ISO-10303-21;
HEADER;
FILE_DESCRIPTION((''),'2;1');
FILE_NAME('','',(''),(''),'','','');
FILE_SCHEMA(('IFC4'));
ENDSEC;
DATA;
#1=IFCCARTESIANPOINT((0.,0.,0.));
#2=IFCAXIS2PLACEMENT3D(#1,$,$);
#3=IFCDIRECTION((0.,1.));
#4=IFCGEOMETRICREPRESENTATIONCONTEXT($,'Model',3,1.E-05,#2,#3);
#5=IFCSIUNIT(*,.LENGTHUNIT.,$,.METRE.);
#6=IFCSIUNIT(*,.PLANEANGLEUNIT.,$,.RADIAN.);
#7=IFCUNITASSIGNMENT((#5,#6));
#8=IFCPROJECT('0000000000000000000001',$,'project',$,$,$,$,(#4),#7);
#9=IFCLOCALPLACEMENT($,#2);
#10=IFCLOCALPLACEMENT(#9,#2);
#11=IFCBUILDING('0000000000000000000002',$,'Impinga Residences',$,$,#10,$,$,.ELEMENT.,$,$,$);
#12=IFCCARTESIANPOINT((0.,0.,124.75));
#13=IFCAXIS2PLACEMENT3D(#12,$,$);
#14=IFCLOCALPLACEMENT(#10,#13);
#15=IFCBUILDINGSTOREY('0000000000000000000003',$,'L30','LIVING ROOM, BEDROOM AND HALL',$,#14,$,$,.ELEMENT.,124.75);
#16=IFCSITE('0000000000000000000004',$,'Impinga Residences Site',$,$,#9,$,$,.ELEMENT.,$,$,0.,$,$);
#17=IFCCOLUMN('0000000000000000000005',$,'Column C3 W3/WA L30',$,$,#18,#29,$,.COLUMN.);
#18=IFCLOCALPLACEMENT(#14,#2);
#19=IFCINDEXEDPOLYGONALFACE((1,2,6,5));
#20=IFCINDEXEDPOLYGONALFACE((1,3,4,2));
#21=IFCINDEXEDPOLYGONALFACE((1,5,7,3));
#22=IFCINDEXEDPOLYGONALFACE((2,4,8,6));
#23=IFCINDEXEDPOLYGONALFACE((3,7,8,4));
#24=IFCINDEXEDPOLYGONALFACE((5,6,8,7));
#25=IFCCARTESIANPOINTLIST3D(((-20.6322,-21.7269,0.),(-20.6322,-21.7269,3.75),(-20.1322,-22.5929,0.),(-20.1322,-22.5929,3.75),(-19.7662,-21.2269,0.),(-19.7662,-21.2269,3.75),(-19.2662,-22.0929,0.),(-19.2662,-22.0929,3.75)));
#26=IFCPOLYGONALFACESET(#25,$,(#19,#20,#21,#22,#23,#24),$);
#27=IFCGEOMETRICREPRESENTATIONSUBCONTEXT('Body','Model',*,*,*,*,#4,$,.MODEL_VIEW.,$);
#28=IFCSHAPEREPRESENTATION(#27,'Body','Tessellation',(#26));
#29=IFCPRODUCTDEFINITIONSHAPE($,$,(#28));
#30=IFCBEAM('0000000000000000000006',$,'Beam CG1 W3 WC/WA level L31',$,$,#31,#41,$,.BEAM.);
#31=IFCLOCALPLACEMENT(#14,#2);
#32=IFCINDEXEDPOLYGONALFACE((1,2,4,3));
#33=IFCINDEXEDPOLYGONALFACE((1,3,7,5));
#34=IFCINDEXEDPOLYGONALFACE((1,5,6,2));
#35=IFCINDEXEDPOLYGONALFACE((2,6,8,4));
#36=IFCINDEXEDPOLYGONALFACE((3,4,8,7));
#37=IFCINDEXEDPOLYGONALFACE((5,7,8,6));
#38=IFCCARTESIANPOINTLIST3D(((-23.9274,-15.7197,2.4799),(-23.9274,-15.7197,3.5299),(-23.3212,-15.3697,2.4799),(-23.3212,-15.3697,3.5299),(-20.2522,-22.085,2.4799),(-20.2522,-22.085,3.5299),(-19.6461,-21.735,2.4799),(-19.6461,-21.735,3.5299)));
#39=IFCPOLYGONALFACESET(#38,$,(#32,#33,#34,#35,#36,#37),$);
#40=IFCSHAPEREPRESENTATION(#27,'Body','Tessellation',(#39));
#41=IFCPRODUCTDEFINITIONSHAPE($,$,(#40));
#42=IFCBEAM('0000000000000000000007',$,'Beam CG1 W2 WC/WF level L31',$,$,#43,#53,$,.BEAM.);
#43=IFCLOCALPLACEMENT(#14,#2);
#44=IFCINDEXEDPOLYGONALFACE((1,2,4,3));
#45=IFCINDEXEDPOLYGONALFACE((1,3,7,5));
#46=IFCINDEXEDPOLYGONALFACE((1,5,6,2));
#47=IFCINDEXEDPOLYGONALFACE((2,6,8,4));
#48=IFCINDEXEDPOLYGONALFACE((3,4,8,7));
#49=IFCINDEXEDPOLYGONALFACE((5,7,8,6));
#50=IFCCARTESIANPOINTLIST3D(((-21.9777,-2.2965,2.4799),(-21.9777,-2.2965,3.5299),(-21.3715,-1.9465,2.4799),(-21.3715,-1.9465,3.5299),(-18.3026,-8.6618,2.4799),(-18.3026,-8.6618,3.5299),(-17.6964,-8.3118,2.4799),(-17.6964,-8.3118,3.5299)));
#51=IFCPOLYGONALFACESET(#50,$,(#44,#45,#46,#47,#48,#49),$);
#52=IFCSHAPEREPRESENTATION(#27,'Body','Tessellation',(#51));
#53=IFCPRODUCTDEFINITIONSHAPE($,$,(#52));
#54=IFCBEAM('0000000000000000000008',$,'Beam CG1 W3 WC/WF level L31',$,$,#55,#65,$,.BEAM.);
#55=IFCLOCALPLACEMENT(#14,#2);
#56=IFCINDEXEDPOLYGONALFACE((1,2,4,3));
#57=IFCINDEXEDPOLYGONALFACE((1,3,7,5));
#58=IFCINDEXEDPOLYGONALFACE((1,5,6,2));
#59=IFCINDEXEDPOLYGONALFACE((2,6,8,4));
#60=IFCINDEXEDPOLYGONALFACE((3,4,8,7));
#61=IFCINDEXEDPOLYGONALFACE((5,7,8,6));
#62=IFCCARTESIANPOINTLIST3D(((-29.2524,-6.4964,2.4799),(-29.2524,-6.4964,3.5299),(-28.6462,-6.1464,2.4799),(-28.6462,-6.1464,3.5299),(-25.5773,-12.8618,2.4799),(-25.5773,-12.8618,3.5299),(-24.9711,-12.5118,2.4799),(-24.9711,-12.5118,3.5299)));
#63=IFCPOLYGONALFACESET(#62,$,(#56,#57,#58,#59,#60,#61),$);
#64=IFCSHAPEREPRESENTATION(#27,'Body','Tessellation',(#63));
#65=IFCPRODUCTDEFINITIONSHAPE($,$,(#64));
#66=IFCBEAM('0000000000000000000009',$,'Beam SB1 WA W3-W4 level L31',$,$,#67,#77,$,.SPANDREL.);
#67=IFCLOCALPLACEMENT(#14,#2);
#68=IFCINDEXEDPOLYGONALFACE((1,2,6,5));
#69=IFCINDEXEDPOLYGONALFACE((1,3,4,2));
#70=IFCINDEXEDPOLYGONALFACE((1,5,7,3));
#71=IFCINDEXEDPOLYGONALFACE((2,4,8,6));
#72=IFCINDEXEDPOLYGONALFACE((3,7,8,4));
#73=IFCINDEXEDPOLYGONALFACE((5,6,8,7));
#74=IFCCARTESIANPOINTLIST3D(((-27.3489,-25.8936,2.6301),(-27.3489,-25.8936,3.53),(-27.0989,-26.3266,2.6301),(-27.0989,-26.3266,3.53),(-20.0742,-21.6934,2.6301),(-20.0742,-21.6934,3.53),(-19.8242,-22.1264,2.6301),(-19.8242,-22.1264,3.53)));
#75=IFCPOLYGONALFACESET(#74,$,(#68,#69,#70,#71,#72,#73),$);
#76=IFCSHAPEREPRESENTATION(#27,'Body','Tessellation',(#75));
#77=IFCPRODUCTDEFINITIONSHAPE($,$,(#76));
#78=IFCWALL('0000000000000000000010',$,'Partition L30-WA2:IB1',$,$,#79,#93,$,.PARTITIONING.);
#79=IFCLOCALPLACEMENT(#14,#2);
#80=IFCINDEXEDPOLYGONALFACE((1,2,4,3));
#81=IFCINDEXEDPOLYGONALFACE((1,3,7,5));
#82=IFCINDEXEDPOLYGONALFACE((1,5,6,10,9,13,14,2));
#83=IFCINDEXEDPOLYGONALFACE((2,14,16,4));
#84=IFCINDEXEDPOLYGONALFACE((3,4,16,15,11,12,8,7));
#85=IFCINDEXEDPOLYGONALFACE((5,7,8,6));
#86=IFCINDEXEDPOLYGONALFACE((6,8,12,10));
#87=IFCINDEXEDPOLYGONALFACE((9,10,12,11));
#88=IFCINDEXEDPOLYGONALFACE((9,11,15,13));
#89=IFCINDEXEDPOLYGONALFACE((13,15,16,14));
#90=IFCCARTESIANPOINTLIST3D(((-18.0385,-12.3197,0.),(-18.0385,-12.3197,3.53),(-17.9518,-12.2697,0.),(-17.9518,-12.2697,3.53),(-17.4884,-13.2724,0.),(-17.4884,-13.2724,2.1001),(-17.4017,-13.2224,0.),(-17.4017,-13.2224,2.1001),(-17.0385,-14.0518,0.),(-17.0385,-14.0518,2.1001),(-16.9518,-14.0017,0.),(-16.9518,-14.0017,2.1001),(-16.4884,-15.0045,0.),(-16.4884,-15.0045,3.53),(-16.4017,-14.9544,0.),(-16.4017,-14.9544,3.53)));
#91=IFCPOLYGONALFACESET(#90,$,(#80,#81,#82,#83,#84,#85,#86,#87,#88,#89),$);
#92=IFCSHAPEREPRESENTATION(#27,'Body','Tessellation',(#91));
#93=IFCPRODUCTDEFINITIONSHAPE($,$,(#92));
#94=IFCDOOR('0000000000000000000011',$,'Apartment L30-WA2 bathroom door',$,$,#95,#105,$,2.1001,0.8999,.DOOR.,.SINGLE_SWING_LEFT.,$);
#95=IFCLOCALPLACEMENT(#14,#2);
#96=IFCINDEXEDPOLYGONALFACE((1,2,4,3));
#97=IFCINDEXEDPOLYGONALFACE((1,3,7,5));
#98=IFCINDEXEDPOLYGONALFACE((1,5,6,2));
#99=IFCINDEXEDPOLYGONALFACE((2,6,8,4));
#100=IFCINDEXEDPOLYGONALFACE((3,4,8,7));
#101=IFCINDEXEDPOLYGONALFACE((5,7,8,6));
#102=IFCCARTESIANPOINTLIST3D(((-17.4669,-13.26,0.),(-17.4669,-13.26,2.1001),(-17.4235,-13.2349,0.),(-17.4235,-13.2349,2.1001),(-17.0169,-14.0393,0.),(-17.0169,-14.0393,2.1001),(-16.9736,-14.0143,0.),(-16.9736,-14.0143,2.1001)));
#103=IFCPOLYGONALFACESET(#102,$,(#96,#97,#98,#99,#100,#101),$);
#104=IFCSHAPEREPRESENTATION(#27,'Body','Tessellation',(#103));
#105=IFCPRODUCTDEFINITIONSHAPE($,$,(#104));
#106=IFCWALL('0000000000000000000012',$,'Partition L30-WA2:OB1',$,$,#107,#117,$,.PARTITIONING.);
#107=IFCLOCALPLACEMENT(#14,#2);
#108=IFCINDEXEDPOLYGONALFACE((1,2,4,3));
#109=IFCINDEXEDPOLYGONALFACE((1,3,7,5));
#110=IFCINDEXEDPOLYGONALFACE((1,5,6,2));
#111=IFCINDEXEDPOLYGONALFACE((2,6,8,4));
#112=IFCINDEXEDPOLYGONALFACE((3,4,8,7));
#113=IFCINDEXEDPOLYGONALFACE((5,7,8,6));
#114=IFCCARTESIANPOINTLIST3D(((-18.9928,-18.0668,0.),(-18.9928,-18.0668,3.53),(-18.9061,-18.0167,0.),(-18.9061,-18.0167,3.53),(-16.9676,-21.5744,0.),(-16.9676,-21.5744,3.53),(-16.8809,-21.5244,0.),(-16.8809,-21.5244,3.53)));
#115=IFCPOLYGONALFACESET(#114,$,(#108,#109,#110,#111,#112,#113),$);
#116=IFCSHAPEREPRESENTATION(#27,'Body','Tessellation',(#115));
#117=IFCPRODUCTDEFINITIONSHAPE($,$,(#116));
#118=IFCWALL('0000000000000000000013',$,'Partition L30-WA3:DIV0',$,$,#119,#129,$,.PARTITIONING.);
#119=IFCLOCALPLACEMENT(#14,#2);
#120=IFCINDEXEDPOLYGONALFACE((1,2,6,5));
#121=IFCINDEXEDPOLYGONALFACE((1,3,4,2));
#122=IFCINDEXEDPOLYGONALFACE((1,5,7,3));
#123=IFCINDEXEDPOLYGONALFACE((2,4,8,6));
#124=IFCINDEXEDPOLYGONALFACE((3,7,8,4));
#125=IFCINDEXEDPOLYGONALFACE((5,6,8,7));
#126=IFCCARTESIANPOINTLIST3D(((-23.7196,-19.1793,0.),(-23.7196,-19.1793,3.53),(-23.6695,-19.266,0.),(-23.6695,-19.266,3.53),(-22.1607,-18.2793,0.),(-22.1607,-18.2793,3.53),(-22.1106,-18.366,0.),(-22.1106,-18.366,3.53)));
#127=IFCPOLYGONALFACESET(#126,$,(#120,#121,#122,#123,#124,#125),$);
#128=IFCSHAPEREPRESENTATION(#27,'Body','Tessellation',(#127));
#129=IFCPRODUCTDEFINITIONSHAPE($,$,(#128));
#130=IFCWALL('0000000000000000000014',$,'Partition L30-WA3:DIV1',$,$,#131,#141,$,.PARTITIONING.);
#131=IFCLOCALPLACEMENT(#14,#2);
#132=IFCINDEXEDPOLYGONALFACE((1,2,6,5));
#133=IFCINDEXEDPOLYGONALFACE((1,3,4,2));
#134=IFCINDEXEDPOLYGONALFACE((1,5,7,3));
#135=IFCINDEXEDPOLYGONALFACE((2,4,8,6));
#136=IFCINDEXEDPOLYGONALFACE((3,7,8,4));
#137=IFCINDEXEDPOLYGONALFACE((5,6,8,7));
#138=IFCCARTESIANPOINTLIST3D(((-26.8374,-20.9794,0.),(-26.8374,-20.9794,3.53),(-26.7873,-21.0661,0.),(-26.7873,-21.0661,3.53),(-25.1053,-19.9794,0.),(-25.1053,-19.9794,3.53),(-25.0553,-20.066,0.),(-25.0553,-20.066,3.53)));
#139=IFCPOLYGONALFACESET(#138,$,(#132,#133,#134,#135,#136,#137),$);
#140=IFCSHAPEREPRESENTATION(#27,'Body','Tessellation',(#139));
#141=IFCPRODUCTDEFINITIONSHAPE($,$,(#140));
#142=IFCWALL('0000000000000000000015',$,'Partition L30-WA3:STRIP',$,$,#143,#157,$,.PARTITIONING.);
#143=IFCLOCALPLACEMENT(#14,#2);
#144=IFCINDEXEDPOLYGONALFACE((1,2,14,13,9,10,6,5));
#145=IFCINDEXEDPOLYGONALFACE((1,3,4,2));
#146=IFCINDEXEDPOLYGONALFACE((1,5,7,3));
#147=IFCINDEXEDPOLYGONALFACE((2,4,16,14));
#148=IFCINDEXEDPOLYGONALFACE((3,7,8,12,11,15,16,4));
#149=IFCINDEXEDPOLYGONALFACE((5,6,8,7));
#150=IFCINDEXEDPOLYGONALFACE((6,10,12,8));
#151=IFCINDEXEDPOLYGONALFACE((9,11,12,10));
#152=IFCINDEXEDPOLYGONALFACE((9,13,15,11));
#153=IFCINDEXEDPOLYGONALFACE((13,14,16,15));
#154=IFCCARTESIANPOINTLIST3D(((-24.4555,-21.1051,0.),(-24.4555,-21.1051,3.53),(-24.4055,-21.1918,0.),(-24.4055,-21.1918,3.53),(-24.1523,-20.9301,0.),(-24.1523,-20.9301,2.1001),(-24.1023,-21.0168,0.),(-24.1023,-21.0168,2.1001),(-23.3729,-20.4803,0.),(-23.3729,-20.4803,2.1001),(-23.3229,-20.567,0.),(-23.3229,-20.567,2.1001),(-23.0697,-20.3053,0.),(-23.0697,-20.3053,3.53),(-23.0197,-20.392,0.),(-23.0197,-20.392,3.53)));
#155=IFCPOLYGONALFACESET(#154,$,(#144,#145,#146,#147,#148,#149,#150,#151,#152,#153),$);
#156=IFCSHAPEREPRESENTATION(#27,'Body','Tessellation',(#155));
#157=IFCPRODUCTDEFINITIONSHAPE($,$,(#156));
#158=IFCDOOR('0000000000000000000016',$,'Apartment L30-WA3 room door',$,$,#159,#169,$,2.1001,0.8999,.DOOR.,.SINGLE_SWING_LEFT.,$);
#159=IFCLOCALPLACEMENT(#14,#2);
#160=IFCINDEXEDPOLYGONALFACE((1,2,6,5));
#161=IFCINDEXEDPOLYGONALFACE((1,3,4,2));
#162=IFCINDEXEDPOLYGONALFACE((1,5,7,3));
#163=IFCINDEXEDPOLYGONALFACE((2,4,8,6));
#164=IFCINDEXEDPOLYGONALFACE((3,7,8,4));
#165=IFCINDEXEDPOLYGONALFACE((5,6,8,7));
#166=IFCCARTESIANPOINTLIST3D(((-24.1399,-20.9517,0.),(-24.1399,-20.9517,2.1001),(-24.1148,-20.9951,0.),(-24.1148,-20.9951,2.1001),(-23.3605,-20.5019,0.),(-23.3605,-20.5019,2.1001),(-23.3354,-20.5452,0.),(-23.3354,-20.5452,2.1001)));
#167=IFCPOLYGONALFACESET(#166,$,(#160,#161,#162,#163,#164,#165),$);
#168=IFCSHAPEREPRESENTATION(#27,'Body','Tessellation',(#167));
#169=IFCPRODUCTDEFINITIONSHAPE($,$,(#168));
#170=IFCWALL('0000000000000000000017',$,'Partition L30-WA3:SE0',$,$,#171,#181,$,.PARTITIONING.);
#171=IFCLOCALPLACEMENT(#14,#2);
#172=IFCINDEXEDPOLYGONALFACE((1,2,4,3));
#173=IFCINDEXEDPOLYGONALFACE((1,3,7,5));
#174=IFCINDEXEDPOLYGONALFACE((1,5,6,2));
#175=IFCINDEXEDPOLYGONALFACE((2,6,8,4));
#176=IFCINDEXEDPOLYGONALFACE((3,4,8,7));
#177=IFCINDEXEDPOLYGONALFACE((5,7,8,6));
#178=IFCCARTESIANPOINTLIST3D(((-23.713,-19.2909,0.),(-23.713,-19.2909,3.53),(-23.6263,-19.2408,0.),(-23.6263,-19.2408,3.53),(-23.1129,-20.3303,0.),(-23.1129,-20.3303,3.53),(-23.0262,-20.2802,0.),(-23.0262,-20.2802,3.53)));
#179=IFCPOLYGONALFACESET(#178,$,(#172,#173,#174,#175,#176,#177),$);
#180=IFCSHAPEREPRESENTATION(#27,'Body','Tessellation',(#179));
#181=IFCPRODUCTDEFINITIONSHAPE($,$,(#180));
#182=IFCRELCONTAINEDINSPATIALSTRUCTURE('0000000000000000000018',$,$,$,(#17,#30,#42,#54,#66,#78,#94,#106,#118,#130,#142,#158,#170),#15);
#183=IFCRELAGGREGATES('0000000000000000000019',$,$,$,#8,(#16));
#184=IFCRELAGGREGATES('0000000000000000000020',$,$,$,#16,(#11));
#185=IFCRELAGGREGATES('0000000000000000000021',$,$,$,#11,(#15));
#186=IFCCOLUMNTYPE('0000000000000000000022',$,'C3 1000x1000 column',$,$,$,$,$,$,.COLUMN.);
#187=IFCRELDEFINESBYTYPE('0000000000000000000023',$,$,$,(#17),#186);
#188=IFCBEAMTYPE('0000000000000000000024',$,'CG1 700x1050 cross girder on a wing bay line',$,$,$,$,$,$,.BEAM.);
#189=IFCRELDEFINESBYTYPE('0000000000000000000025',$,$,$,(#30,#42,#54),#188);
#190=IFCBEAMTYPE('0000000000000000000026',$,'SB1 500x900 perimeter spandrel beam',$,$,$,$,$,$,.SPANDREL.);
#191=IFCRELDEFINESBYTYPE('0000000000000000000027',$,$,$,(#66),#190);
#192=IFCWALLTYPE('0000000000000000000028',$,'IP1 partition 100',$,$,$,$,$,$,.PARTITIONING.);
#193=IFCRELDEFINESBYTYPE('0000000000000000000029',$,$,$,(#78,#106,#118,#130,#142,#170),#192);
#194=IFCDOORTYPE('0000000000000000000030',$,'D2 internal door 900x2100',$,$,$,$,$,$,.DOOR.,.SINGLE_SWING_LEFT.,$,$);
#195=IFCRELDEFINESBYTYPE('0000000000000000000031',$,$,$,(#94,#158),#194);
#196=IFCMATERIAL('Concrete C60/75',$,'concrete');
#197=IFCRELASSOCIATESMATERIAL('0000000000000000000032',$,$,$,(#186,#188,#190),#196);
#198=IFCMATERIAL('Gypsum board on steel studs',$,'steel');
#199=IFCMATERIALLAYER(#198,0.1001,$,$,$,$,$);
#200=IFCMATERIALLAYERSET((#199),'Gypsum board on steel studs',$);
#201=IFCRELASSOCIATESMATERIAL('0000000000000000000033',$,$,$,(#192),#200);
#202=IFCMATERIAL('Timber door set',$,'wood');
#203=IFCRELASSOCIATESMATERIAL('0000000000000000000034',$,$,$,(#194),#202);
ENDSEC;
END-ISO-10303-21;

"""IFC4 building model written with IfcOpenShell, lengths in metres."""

from ifc_helpers import new_model, si_unit, direction, frame, frame_2d, origin, origin_2d, place, context, subcontext, project, spatial, rectangle, extrude, material, layer, layer_set, material_profile, profile_set, type_object, element, fill, save


model = new_model("IFC4")

# Units and contexts
model_context = context("Model", 3, precision=1e-05, world=origin(), true_north=direction((0.0, 1.0)))
body_context = subcontext(model_context, "Body", "Model", "MODEL_VIEW")
ifc_project = project(units=[si_unit("LENGTHUNIT", "METRE"), si_unit("PLANEANGLEUNIT", "RADIAN")], contexts=[model_context])

# Site, building, storey
site_placement = place(None, origin())
site = spatial("IfcSite", under=ifc_project, at=site_placement, Name="Impinga Residences Site", CompositionType="ELEMENT", RefElevation=0.0)
building_placement = place(site_placement, origin())
building = spatial("IfcBuilding", under=site, at=building_placement, Name="Impinga Residences", CompositionType="ELEMENT")
storey_placement = place(building_placement, frame((0.0, 0.0, 124.75)))
storey = spatial("IfcBuildingStorey", under=building, at=storey_placement, Name="L30", Description="LIVING ROOM, BEDROOM AND HALL", CompositionType="ELEMENT", Elevation=124.75)

# Column
ifc_material_1 = material(Name="Concrete C60/75", Category="concrete")
ifc_material_profile_1 = material_profile(ifc_material_1, rectangle(XDim=1.0, YDim=1.0, at=origin_2d()), Name="RC 1000x1000")
ifc_profile_set_1 = profile_set([ifc_material_profile_1], Name="Concrete C60/75")
column_type = type_object("IfcColumnType", Name="C3 1000x1000 column", PredefinedType="COLUMN", material=ifc_profile_set_1)
column_placement = place(storey_placement, frame((-19.9492, -21.9099, 0.0), z_axis=(0.0, 0.0, 1.0), x_axis=(-0.5, 0.866025, 0.0)))
element("IfcColumn", 1, at=column_placement, inside=storey, type_object=column_type, Name="Column C3 W3/WA L30", PredefinedType="COLUMN", context=body_context, shape_type="SweptSolid", body=[
    extrude(rectangle(XDim=1.0, YDim=1.0, at=origin_2d()), origin(), (0.0, 0.0, 1.0), 3.75),
])

# Beams
ifc_material_profile_2 = material_profile(ifc_material_1, rectangle(XDim=0.7, YDim=1.05, at=origin_2d()), Name="RC 700x1050")
ifc_profile_set_2 = profile_set([ifc_material_profile_2], Name="Concrete C60/75")
beam_type_1 = type_object("IfcBeamType", Name="CG1 700x1050 cross girder on a wing bay line", PredefinedType="BEAM", material=ifc_profile_set_2)
for number, where, z_axis, x_axis, name in (
    (2, (-23.6243, -15.5447, 3.0049), (0.500008, -0.866021, 0.0), (0.866021, 0.500008, 0.0), "Beam CG1 W3 WC/WA level L31"),
    (3, (-17.9995, -8.4868, 3.0049), (-0.500008, 0.866021, 0.0), (-0.866021, -0.500008, 0.0), "Beam CG1 W2 WC/WF level L31"),
    (4, (-25.2742, -12.6868, 3.0049), (-0.500008, 0.866021, 0.0), (-0.866021, -0.500008, 0.0), "Beam CG1 W3 WC/WF level L31"),
):
    element("IfcBeam", number, at=place(storey_placement, frame(where, z_axis=z_axis, x_axis=x_axis)), inside=storey, type_object=beam_type_1, Name=name, PredefinedType="BEAM", context=body_context, shape_type="SweptSolid", body=[
        extrude(rectangle(XDim=0.7, YDim=1.05, at=origin_2d()), origin(), (0.0, 0.0, 1.0), 7.3501),
    ])
ifc_material_profile_3 = material_profile(ifc_material_1, rectangle(XDim=0.5, YDim=0.8999, at=origin_2d()), Name="RC 500x900")
ifc_profile_set_3 = profile_set([ifc_material_profile_3], Name="Concrete C60/75")
beam_type_2 = type_object("IfcBeamType", Name="SB1 500x900 perimeter spandrel beam", PredefinedType="SPANDREL", material=ifc_profile_set_3)
beam_placement = place(storey_placement, frame((-19.9492, -21.9099, 3.0801), z_axis=(-0.866017, -0.500015, 0.0), x_axis=(0.500015, -0.866017, 0.0)))
element("IfcBeam", 5, at=beam_placement, inside=storey, type_object=beam_type_2, Name="Beam SB1 WA W3-W4 level L31", PredefinedType="SPANDREL", context=body_context, shape_type="SweptSolid", body=[
    extrude(rectangle(XDim=0.5, YDim=0.8999, at=origin_2d()), origin(), (0.0, 0.0, 1.0), 8.4001),
])

# Wall, opening, door
ifc_material_2 = material(Name="Gypsum board on steel studs", Category="steel")
ifc_layer_1 = layer(ifc_material_2, 0.1001)
ifc_layer_set_1 = layer_set([ifc_layer_1], Name="Gypsum board on steel studs")
wall_type_1 = type_object("IfcWallType", Name="IP1 partition 100", PredefinedType="PARTITIONING", material=ifc_layer_set_1)
wall_1_placement = place(storey_placement, frame((-17.9951, -12.2947, 0.0), z_axis=(0.0, 0.0, 1.0), x_axis=(0.499993, -0.86603, 0.0)))
wall_1 = element("IfcWall", 6, at=wall_1_placement, inside=storey, type_object=wall_type_1, Name="Partition L30-WA2:IB1", PredefinedType="PARTITIONING", context=body_context, shape_type="SweptSolid", body=[
    extrude(rectangle(XDim=3.1001, YDim=0.1001, at=frame_2d((1.55, 0.0))), origin(), (0.0, 0.0, 1.0), 3.53),
])
opening_1_placement = place(wall_1_placement, frame((1.1001, 0.0, 0.0)))
opening_1 = element("IfcOpeningElement", 7, at=opening_1_placement, cuts=wall_1, PredefinedType="OPENING", context=body_context, shape_type="SweptSolid", body=[
    extrude(rectangle(XDim=0.8999, YDim=2.1001, at=frame_2d((0.45, 1.05))), frame((0.0, 0.0601, 0.0), z_axis=(0.0, -1.0, 0.0), x_axis=(1.0, 0.0, 0.0)), (0.0, 0.0, 1.0), 0.1201),
])
ifc_material_3 = material(Name="Timber door set", Category="wood")
door_type = type_object("IfcDoorType", Name="D2 internal door 900x2100", OperationType="SINGLE_SWING_LEFT", PredefinedType="DOOR", material=ifc_material_3)
door_1_placement = place(opening_1_placement, origin())
door_1 = element("IfcDoor", 8, at=door_1_placement, inside=storey, type_object=door_type, Name="Apartment L30-WA2 bathroom door", OperationType="SINGLE_SWING_LEFT", OverallHeight=2.1001, OverallWidth=0.8999, PredefinedType="DOOR", context=body_context, shape_type="SweptSolid", body=[
    extrude(rectangle(XDim=0.8999, YDim=2.1001, at=frame_2d((0.45, 1.05))), frame((0.0, 0.0249, 0.0), z_axis=(0.0, -1.0, 0.0), x_axis=(1.0, 0.0, 0.0)), (0.0, 0.0, 1.0), 0.05),
])
fill(opening_1, door_1)

# Walls
wall_2_placement = place(storey_placement, frame((-18.9495, -18.0417, 0.0), z_axis=(0.0, 0.0, 1.0), x_axis=(0.500009, -0.86602, 0.0)))
element("IfcWall", 9, at=wall_2_placement, inside=storey, type_object=wall_type_1, Name="Partition L30-WA2:OB1", PredefinedType="PARTITIONING", context=body_context, shape_type="SweptSolid", body=[
    extrude(rectangle(XDim=4.0503, YDim=0.1001, at=frame_2d((2.0251, 0.0))), origin(), (0.0, 0.0, 1.0), 3.53),
])
wall_3_placement = place(storey_placement, frame((-22.1357, -18.3228, 0.0), z_axis=(0.0, 0.0, 1.0), x_axis=(-0.866048, -0.499961, 0.0)))
element("IfcWall", 10, at=wall_3_placement, inside=storey, type_object=wall_type_1, Name="Partition L30-WA3:DIV0", PredefinedType="PARTITIONING", context=body_context, shape_type="SweptSolid", body=[
    extrude(rectangle(XDim=1.8, YDim=0.1001, at=frame_2d((0.8999, 0.0))), origin(), (0.0, 0.0, 1.0), 3.53),
])
wall_4_placement = place(storey_placement, frame((-25.0803, -20.0227, 0.0), z_axis=(0.0, 0.0, 1.0), x_axis=(-0.866011, -0.500025, 0.0)))
element("IfcWall", 11, at=wall_4_placement, inside=storey, type_object=wall_type_1, Name="Partition L30-WA3:DIV1", PredefinedType="PARTITIONING", context=body_context, shape_type="SweptSolid", body=[
    extrude(rectangle(XDim=2.0, YDim=0.1001, at=frame_2d((1.0, 0.0))), origin(), (0.0, 0.0, 1.0), 3.53),
])

# Wall, opening, door
wall_5_placement = place(storey_placement, frame((-23.0447, -20.3486, 0.0), z_axis=(0.0, 0.0, 1.0), x_axis=(-0.866094, -0.499881, 0.0)))
wall_5 = element("IfcWall", 12, at=wall_5_placement, inside=storey, type_object=wall_type_1, Name="Partition L30-WA3:STRIP", PredefinedType="PARTITIONING", context=body_context, shape_type="SweptSolid", body=[
    extrude(rectangle(XDim=1.6001, YDim=0.1001, at=frame_2d((0.8, 0.0))), origin(), (0.0, 0.0, 1.0), 3.53),
])
opening_2_placement = place(wall_5_placement, frame((0.3501, 0.0, 0.0)))
opening_2 = element("IfcOpeningElement", 13, at=opening_2_placement, cuts=wall_5, PredefinedType="OPENING", context=body_context, shape_type="SweptSolid", body=[
    extrude(rectangle(XDim=0.8999, YDim=2.1001, at=frame_2d((0.45, 1.05))), frame((0.0, 0.0601, 0.0), z_axis=(0.0, -1.0, 0.0), x_axis=(1.0, 0.0, 0.0)), (0.0, 0.0, 1.0), 0.1201),
])
door_2_placement = place(opening_2_placement, origin())
door_2 = element("IfcDoor", 14, at=door_2_placement, inside=storey, type_object=door_type, Name="Apartment L30-WA3 room door", OperationType="SINGLE_SWING_LEFT", OverallHeight=2.1001, OverallWidth=0.8999, PredefinedType="DOOR", context=body_context, shape_type="SweptSolid", body=[
    extrude(rectangle(XDim=0.8999, YDim=2.1001, at=frame_2d((0.45, 1.05))), frame((0.0, 0.0249, 0.0), z_axis=(0.0, -1.0, 0.0), x_axis=(1.0, 0.0, 0.0)), (0.0, 0.0, 1.0), 0.05),
])
fill(opening_2, door_2)

# Wall
for number, where, z_axis, x_axis, name in (
    (15, (-23.6697, -19.2659, 0.0), (0.0, 0.0, 1.0), (0.500034, -0.866006, 0.0), "Partition L30-WA3:SE0"),
):
    element("IfcWall", number, at=place(storey_placement, frame(where, z_axis=z_axis, x_axis=x_axis)), inside=storey, type_object=wall_type_1, Name=name, PredefinedType="PARTITIONING", context=body_context, shape_type="SweptSolid", body=[
        extrude(rectangle(XDim=1.2002, YDim=0.1001, at=frame_2d((0.6001, 0.0))), origin(), (0.0, 0.0, 1.0), 3.53),
    ])

save(model, "model.ifc")
